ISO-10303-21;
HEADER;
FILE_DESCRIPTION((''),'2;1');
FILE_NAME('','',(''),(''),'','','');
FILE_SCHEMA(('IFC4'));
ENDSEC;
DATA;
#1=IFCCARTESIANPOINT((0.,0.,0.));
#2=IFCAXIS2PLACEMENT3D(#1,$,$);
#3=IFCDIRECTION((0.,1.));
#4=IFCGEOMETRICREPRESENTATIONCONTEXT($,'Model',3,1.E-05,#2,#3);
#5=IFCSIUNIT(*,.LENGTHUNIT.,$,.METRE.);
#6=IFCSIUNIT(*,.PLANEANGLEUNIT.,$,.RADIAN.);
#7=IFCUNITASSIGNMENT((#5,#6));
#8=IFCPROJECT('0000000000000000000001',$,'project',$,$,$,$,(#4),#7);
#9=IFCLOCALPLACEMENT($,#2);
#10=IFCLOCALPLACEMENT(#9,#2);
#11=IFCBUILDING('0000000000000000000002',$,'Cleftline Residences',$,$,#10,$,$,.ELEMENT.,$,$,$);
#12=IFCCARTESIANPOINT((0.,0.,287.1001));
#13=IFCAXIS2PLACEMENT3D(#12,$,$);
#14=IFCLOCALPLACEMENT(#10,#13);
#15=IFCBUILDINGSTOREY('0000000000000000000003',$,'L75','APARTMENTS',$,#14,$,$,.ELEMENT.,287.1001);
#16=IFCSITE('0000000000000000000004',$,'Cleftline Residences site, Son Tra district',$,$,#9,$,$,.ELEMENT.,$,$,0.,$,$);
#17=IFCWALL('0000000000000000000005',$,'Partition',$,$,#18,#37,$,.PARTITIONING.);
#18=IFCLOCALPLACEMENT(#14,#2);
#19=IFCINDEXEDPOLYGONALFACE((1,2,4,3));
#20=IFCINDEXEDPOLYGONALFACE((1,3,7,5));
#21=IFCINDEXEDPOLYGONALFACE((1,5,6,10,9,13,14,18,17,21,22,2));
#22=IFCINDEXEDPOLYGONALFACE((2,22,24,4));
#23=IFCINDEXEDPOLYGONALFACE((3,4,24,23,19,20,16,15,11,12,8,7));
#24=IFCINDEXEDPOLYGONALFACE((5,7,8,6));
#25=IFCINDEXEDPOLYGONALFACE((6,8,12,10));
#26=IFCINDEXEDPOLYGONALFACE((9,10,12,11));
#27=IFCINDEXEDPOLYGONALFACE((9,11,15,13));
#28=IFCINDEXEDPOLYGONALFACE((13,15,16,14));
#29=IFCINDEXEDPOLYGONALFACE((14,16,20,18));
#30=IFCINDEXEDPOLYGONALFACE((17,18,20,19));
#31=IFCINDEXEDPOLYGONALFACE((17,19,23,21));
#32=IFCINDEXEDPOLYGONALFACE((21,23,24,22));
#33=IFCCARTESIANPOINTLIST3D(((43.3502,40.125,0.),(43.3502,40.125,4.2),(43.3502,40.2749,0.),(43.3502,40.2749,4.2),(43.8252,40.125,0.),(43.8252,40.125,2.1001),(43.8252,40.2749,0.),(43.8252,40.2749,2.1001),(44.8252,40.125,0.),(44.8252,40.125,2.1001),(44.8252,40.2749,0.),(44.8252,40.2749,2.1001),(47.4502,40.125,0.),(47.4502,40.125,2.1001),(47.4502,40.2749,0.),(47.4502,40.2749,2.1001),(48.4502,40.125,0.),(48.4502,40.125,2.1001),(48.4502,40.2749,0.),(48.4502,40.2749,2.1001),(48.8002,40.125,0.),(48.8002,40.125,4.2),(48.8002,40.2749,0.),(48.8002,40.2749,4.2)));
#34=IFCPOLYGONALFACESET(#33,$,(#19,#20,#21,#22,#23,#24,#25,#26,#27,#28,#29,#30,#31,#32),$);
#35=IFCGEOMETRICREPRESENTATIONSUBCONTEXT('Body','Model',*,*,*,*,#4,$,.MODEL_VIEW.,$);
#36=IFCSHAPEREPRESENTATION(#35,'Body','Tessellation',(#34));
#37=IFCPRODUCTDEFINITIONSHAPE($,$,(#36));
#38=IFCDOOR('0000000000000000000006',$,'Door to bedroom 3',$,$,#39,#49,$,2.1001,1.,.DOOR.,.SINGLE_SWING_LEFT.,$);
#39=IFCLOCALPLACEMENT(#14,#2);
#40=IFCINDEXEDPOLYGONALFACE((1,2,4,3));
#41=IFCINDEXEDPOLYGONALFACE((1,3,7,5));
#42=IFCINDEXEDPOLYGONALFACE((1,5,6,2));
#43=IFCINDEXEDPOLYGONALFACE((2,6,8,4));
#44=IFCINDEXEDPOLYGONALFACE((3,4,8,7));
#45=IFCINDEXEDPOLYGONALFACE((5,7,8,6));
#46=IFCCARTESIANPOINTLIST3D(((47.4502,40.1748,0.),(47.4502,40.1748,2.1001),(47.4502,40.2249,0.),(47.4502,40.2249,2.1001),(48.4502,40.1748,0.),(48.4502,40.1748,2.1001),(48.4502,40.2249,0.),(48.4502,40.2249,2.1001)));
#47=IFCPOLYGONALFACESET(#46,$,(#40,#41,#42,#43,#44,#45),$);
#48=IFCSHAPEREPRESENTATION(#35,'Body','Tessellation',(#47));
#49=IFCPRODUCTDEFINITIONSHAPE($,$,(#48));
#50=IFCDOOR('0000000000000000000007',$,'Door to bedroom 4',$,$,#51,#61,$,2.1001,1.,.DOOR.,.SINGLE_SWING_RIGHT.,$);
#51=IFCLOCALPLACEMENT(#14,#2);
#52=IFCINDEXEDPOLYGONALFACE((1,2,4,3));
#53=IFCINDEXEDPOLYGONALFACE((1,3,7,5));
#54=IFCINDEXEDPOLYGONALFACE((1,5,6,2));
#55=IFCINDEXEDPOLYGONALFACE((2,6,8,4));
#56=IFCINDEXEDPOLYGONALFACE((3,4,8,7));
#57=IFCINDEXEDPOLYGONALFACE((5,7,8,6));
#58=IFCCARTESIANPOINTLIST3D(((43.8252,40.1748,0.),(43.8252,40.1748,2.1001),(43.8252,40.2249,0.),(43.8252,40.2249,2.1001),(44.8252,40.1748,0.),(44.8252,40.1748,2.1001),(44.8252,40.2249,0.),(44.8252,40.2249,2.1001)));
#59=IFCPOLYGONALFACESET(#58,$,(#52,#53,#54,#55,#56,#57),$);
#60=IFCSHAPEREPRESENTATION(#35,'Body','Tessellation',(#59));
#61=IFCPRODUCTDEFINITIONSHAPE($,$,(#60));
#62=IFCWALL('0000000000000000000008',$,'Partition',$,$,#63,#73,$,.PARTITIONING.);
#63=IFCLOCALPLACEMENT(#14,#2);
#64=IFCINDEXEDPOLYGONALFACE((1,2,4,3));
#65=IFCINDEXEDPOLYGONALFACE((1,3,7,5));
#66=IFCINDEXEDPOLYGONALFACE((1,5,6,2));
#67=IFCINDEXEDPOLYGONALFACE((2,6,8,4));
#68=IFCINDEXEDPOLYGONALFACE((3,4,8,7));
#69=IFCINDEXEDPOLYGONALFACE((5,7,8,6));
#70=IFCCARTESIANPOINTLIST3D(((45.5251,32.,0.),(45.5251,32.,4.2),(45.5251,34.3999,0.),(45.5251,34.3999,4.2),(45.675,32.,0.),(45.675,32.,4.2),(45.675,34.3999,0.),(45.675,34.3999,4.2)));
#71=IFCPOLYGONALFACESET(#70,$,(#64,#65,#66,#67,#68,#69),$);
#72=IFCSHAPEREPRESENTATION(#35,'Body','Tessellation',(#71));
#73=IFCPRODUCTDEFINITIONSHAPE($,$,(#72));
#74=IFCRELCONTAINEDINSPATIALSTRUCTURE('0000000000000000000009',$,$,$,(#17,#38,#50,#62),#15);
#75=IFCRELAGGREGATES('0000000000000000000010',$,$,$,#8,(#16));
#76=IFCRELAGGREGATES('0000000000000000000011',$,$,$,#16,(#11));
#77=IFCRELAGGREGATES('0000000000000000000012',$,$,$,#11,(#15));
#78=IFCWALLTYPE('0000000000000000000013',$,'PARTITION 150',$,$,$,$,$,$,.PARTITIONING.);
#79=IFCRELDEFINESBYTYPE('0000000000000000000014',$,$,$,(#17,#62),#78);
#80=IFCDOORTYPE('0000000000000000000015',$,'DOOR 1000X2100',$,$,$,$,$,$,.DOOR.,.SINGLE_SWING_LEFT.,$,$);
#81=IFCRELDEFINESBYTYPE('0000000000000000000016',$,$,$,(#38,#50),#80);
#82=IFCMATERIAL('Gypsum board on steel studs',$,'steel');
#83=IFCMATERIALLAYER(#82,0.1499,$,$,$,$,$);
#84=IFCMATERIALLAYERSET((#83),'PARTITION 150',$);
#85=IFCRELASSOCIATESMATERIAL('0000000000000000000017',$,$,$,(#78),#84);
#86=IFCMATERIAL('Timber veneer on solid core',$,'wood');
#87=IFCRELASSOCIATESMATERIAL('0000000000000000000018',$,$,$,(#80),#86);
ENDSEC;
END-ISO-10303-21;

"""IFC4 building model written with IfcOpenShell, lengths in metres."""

from ifc_helpers import new_model, si_unit, direction, frame, frame_2d, origin, place, context, subcontext, project, spatial, rectangle, extrude, material, layer, layer_set, type_object, element, fill, save


model = new_model("IFC4")

# Units and contexts
model_context = context("Model", 3, precision=1e-05, world=origin(), true_north=direction((0.0, 1.0)))
body_context = subcontext(model_context, "Body", "Model", "MODEL_VIEW")
ifc_project = project(units=[si_unit("LENGTHUNIT", "METRE"), si_unit("PLANEANGLEUNIT", "RADIAN")], contexts=[model_context])

# Site, building, storey
site_placement = place(None, origin())
site = spatial("IfcSite", under=ifc_project, at=site_placement, Name="Cleftline Residences site, Son Tra district", CompositionType="ELEMENT", RefElevation=0.0)
building_placement = place(site_placement, origin())
building = spatial("IfcBuilding", under=site, at=building_placement, Name="Cleftline Residences", CompositionType="ELEMENT")
storey_placement = place(building_placement, frame((0.0, 0.0, 287.1001)))
storey = spatial("IfcBuildingStorey", under=building, at=storey_placement, Name="L75", Description="APARTMENTS", CompositionType="ELEMENT", Elevation=287.1001)

# Shared definitions
ifc_material_1 = material(Name="Gypsum board on steel studs", Category="steel")
ifc_layer = layer(ifc_material_1, 0.1499)
ifc_layer_set = layer_set([ifc_layer], Name="PARTITION 150")
wall_type = type_object("IfcWallType", Name="PARTITION 150", PredefinedType="PARTITIONING", material=ifc_layer_set)

# Wall, openings, doors
wall_1_placement = place(storey_placement, frame((43.3501, 40.2, 0.0), z_axis=(0.0, 0.0, 1.0), x_axis=(1.0, 0.0, 0.0)))
wall_1 = element("IfcWall", 1, at=wall_1_placement, inside=storey, type_object=wall_type, Name="Partition", PredefinedType="PARTITIONING", context=body_context, shape_type="SweptSolid", body=[
    extrude(rectangle(XDim=5.45, YDim=0.1499, at=frame_2d((2.7251, 0.0))), origin(), (0.0, 0.0, 1.0), 4.2),
])
opening_1_placement = place(wall_1_placement, frame((4.1001, 0.0, 0.0)))
opening_1 = element("IfcOpeningElement", 2, at=opening_1_placement, cuts=wall_1, PredefinedType="OPENING", context=body_context, shape_type="SweptSolid", body=[
    extrude(rectangle(XDim=1.0, YDim=2.1001, at=frame_2d((0.5, 1.05))), frame((0.0, 0.085, 0.0), z_axis=(0.0, -1.0, 0.0), x_axis=(1.0, 0.0, 0.0)), (0.0, 0.0, 1.0), 0.1699),
])
opening_2_placement = place(wall_1_placement, frame((0.4751, 0.0, 0.0)))
opening_2 = element("IfcOpeningElement", 3, at=opening_2_placement, cuts=wall_1, PredefinedType="OPENING", context=body_context, shape_type="SweptSolid", body=[
    extrude(rectangle(XDim=1.0, YDim=2.1001, at=frame_2d((0.5, 1.05))), frame((0.0, 0.085, 0.0), z_axis=(0.0, -1.0, 0.0), x_axis=(1.0, 0.0, 0.0)), (0.0, 0.0, 1.0), 0.1699),
])
ifc_material_2 = material(Name="Timber veneer on solid core", Category="wood")
door_type_1 = type_object("IfcDoorType", Name="DOOR 1000X2100", OperationType="SINGLE_SWING_LEFT", PredefinedType="DOOR", material=ifc_material_2)
door_1_placement = place(opening_1_placement, origin())
door_1 = element("IfcDoor", 4, at=door_1_placement, inside=storey, type_object=door_type_1, Name="Door to bedroom 3", OperationType="SINGLE_SWING_LEFT", OverallHeight=2.1001, OverallWidth=1.0, PredefinedType="DOOR", context=body_context, shape_type="SweptSolid", body=[
    extrude(rectangle(XDim=1.0, YDim=2.1001, at=frame_2d((0.5, 1.05))), frame((0.0, 0.0249, 0.0), z_axis=(0.0, -1.0, 0.0), x_axis=(1.0, 0.0, 0.0)), (0.0, 0.0, 1.0), 0.05),
])
fill(opening_1, door_1)
door_2_placement = place(opening_2_placement, origin())
door_2 = element("IfcDoor", 5, at=door_2_placement, inside=storey, type_object=door_type_1, Name="Door to bedroom 4", OperationType="SINGLE_SWING_RIGHT", OverallHeight=2.1001, OverallWidth=1.0, PredefinedType="DOOR", context=body_context, shape_type="SweptSolid", body=[
    extrude(rectangle(XDim=1.0, YDim=2.1001, at=frame_2d((0.5, 1.05))), frame((0.0, 0.0249, 0.0), z_axis=(0.0, -1.0, 0.0), x_axis=(1.0, 0.0, 0.0)), (0.0, 0.0, 1.0), 0.05),
])
fill(opening_2, door_2)

# Wall
wall_2_placement = place(storey_placement, frame((45.6001, 32.0, 0.0), z_axis=(0.0, 0.0, 1.0), x_axis=(0.0, 1.0, 0.0)))
element("IfcWall", 6, at=wall_2_placement, inside=storey, type_object=wall_type, Name="Partition", PredefinedType="PARTITIONING", context=body_context, shape_type="SweptSolid", body=[
    extrude(rectangle(XDim=2.3999, YDim=0.1499, at=frame_2d((1.2, 0.0))), origin(), (0.0, 0.0, 1.0), 4.2),
])

save(model, "model.ifc")
